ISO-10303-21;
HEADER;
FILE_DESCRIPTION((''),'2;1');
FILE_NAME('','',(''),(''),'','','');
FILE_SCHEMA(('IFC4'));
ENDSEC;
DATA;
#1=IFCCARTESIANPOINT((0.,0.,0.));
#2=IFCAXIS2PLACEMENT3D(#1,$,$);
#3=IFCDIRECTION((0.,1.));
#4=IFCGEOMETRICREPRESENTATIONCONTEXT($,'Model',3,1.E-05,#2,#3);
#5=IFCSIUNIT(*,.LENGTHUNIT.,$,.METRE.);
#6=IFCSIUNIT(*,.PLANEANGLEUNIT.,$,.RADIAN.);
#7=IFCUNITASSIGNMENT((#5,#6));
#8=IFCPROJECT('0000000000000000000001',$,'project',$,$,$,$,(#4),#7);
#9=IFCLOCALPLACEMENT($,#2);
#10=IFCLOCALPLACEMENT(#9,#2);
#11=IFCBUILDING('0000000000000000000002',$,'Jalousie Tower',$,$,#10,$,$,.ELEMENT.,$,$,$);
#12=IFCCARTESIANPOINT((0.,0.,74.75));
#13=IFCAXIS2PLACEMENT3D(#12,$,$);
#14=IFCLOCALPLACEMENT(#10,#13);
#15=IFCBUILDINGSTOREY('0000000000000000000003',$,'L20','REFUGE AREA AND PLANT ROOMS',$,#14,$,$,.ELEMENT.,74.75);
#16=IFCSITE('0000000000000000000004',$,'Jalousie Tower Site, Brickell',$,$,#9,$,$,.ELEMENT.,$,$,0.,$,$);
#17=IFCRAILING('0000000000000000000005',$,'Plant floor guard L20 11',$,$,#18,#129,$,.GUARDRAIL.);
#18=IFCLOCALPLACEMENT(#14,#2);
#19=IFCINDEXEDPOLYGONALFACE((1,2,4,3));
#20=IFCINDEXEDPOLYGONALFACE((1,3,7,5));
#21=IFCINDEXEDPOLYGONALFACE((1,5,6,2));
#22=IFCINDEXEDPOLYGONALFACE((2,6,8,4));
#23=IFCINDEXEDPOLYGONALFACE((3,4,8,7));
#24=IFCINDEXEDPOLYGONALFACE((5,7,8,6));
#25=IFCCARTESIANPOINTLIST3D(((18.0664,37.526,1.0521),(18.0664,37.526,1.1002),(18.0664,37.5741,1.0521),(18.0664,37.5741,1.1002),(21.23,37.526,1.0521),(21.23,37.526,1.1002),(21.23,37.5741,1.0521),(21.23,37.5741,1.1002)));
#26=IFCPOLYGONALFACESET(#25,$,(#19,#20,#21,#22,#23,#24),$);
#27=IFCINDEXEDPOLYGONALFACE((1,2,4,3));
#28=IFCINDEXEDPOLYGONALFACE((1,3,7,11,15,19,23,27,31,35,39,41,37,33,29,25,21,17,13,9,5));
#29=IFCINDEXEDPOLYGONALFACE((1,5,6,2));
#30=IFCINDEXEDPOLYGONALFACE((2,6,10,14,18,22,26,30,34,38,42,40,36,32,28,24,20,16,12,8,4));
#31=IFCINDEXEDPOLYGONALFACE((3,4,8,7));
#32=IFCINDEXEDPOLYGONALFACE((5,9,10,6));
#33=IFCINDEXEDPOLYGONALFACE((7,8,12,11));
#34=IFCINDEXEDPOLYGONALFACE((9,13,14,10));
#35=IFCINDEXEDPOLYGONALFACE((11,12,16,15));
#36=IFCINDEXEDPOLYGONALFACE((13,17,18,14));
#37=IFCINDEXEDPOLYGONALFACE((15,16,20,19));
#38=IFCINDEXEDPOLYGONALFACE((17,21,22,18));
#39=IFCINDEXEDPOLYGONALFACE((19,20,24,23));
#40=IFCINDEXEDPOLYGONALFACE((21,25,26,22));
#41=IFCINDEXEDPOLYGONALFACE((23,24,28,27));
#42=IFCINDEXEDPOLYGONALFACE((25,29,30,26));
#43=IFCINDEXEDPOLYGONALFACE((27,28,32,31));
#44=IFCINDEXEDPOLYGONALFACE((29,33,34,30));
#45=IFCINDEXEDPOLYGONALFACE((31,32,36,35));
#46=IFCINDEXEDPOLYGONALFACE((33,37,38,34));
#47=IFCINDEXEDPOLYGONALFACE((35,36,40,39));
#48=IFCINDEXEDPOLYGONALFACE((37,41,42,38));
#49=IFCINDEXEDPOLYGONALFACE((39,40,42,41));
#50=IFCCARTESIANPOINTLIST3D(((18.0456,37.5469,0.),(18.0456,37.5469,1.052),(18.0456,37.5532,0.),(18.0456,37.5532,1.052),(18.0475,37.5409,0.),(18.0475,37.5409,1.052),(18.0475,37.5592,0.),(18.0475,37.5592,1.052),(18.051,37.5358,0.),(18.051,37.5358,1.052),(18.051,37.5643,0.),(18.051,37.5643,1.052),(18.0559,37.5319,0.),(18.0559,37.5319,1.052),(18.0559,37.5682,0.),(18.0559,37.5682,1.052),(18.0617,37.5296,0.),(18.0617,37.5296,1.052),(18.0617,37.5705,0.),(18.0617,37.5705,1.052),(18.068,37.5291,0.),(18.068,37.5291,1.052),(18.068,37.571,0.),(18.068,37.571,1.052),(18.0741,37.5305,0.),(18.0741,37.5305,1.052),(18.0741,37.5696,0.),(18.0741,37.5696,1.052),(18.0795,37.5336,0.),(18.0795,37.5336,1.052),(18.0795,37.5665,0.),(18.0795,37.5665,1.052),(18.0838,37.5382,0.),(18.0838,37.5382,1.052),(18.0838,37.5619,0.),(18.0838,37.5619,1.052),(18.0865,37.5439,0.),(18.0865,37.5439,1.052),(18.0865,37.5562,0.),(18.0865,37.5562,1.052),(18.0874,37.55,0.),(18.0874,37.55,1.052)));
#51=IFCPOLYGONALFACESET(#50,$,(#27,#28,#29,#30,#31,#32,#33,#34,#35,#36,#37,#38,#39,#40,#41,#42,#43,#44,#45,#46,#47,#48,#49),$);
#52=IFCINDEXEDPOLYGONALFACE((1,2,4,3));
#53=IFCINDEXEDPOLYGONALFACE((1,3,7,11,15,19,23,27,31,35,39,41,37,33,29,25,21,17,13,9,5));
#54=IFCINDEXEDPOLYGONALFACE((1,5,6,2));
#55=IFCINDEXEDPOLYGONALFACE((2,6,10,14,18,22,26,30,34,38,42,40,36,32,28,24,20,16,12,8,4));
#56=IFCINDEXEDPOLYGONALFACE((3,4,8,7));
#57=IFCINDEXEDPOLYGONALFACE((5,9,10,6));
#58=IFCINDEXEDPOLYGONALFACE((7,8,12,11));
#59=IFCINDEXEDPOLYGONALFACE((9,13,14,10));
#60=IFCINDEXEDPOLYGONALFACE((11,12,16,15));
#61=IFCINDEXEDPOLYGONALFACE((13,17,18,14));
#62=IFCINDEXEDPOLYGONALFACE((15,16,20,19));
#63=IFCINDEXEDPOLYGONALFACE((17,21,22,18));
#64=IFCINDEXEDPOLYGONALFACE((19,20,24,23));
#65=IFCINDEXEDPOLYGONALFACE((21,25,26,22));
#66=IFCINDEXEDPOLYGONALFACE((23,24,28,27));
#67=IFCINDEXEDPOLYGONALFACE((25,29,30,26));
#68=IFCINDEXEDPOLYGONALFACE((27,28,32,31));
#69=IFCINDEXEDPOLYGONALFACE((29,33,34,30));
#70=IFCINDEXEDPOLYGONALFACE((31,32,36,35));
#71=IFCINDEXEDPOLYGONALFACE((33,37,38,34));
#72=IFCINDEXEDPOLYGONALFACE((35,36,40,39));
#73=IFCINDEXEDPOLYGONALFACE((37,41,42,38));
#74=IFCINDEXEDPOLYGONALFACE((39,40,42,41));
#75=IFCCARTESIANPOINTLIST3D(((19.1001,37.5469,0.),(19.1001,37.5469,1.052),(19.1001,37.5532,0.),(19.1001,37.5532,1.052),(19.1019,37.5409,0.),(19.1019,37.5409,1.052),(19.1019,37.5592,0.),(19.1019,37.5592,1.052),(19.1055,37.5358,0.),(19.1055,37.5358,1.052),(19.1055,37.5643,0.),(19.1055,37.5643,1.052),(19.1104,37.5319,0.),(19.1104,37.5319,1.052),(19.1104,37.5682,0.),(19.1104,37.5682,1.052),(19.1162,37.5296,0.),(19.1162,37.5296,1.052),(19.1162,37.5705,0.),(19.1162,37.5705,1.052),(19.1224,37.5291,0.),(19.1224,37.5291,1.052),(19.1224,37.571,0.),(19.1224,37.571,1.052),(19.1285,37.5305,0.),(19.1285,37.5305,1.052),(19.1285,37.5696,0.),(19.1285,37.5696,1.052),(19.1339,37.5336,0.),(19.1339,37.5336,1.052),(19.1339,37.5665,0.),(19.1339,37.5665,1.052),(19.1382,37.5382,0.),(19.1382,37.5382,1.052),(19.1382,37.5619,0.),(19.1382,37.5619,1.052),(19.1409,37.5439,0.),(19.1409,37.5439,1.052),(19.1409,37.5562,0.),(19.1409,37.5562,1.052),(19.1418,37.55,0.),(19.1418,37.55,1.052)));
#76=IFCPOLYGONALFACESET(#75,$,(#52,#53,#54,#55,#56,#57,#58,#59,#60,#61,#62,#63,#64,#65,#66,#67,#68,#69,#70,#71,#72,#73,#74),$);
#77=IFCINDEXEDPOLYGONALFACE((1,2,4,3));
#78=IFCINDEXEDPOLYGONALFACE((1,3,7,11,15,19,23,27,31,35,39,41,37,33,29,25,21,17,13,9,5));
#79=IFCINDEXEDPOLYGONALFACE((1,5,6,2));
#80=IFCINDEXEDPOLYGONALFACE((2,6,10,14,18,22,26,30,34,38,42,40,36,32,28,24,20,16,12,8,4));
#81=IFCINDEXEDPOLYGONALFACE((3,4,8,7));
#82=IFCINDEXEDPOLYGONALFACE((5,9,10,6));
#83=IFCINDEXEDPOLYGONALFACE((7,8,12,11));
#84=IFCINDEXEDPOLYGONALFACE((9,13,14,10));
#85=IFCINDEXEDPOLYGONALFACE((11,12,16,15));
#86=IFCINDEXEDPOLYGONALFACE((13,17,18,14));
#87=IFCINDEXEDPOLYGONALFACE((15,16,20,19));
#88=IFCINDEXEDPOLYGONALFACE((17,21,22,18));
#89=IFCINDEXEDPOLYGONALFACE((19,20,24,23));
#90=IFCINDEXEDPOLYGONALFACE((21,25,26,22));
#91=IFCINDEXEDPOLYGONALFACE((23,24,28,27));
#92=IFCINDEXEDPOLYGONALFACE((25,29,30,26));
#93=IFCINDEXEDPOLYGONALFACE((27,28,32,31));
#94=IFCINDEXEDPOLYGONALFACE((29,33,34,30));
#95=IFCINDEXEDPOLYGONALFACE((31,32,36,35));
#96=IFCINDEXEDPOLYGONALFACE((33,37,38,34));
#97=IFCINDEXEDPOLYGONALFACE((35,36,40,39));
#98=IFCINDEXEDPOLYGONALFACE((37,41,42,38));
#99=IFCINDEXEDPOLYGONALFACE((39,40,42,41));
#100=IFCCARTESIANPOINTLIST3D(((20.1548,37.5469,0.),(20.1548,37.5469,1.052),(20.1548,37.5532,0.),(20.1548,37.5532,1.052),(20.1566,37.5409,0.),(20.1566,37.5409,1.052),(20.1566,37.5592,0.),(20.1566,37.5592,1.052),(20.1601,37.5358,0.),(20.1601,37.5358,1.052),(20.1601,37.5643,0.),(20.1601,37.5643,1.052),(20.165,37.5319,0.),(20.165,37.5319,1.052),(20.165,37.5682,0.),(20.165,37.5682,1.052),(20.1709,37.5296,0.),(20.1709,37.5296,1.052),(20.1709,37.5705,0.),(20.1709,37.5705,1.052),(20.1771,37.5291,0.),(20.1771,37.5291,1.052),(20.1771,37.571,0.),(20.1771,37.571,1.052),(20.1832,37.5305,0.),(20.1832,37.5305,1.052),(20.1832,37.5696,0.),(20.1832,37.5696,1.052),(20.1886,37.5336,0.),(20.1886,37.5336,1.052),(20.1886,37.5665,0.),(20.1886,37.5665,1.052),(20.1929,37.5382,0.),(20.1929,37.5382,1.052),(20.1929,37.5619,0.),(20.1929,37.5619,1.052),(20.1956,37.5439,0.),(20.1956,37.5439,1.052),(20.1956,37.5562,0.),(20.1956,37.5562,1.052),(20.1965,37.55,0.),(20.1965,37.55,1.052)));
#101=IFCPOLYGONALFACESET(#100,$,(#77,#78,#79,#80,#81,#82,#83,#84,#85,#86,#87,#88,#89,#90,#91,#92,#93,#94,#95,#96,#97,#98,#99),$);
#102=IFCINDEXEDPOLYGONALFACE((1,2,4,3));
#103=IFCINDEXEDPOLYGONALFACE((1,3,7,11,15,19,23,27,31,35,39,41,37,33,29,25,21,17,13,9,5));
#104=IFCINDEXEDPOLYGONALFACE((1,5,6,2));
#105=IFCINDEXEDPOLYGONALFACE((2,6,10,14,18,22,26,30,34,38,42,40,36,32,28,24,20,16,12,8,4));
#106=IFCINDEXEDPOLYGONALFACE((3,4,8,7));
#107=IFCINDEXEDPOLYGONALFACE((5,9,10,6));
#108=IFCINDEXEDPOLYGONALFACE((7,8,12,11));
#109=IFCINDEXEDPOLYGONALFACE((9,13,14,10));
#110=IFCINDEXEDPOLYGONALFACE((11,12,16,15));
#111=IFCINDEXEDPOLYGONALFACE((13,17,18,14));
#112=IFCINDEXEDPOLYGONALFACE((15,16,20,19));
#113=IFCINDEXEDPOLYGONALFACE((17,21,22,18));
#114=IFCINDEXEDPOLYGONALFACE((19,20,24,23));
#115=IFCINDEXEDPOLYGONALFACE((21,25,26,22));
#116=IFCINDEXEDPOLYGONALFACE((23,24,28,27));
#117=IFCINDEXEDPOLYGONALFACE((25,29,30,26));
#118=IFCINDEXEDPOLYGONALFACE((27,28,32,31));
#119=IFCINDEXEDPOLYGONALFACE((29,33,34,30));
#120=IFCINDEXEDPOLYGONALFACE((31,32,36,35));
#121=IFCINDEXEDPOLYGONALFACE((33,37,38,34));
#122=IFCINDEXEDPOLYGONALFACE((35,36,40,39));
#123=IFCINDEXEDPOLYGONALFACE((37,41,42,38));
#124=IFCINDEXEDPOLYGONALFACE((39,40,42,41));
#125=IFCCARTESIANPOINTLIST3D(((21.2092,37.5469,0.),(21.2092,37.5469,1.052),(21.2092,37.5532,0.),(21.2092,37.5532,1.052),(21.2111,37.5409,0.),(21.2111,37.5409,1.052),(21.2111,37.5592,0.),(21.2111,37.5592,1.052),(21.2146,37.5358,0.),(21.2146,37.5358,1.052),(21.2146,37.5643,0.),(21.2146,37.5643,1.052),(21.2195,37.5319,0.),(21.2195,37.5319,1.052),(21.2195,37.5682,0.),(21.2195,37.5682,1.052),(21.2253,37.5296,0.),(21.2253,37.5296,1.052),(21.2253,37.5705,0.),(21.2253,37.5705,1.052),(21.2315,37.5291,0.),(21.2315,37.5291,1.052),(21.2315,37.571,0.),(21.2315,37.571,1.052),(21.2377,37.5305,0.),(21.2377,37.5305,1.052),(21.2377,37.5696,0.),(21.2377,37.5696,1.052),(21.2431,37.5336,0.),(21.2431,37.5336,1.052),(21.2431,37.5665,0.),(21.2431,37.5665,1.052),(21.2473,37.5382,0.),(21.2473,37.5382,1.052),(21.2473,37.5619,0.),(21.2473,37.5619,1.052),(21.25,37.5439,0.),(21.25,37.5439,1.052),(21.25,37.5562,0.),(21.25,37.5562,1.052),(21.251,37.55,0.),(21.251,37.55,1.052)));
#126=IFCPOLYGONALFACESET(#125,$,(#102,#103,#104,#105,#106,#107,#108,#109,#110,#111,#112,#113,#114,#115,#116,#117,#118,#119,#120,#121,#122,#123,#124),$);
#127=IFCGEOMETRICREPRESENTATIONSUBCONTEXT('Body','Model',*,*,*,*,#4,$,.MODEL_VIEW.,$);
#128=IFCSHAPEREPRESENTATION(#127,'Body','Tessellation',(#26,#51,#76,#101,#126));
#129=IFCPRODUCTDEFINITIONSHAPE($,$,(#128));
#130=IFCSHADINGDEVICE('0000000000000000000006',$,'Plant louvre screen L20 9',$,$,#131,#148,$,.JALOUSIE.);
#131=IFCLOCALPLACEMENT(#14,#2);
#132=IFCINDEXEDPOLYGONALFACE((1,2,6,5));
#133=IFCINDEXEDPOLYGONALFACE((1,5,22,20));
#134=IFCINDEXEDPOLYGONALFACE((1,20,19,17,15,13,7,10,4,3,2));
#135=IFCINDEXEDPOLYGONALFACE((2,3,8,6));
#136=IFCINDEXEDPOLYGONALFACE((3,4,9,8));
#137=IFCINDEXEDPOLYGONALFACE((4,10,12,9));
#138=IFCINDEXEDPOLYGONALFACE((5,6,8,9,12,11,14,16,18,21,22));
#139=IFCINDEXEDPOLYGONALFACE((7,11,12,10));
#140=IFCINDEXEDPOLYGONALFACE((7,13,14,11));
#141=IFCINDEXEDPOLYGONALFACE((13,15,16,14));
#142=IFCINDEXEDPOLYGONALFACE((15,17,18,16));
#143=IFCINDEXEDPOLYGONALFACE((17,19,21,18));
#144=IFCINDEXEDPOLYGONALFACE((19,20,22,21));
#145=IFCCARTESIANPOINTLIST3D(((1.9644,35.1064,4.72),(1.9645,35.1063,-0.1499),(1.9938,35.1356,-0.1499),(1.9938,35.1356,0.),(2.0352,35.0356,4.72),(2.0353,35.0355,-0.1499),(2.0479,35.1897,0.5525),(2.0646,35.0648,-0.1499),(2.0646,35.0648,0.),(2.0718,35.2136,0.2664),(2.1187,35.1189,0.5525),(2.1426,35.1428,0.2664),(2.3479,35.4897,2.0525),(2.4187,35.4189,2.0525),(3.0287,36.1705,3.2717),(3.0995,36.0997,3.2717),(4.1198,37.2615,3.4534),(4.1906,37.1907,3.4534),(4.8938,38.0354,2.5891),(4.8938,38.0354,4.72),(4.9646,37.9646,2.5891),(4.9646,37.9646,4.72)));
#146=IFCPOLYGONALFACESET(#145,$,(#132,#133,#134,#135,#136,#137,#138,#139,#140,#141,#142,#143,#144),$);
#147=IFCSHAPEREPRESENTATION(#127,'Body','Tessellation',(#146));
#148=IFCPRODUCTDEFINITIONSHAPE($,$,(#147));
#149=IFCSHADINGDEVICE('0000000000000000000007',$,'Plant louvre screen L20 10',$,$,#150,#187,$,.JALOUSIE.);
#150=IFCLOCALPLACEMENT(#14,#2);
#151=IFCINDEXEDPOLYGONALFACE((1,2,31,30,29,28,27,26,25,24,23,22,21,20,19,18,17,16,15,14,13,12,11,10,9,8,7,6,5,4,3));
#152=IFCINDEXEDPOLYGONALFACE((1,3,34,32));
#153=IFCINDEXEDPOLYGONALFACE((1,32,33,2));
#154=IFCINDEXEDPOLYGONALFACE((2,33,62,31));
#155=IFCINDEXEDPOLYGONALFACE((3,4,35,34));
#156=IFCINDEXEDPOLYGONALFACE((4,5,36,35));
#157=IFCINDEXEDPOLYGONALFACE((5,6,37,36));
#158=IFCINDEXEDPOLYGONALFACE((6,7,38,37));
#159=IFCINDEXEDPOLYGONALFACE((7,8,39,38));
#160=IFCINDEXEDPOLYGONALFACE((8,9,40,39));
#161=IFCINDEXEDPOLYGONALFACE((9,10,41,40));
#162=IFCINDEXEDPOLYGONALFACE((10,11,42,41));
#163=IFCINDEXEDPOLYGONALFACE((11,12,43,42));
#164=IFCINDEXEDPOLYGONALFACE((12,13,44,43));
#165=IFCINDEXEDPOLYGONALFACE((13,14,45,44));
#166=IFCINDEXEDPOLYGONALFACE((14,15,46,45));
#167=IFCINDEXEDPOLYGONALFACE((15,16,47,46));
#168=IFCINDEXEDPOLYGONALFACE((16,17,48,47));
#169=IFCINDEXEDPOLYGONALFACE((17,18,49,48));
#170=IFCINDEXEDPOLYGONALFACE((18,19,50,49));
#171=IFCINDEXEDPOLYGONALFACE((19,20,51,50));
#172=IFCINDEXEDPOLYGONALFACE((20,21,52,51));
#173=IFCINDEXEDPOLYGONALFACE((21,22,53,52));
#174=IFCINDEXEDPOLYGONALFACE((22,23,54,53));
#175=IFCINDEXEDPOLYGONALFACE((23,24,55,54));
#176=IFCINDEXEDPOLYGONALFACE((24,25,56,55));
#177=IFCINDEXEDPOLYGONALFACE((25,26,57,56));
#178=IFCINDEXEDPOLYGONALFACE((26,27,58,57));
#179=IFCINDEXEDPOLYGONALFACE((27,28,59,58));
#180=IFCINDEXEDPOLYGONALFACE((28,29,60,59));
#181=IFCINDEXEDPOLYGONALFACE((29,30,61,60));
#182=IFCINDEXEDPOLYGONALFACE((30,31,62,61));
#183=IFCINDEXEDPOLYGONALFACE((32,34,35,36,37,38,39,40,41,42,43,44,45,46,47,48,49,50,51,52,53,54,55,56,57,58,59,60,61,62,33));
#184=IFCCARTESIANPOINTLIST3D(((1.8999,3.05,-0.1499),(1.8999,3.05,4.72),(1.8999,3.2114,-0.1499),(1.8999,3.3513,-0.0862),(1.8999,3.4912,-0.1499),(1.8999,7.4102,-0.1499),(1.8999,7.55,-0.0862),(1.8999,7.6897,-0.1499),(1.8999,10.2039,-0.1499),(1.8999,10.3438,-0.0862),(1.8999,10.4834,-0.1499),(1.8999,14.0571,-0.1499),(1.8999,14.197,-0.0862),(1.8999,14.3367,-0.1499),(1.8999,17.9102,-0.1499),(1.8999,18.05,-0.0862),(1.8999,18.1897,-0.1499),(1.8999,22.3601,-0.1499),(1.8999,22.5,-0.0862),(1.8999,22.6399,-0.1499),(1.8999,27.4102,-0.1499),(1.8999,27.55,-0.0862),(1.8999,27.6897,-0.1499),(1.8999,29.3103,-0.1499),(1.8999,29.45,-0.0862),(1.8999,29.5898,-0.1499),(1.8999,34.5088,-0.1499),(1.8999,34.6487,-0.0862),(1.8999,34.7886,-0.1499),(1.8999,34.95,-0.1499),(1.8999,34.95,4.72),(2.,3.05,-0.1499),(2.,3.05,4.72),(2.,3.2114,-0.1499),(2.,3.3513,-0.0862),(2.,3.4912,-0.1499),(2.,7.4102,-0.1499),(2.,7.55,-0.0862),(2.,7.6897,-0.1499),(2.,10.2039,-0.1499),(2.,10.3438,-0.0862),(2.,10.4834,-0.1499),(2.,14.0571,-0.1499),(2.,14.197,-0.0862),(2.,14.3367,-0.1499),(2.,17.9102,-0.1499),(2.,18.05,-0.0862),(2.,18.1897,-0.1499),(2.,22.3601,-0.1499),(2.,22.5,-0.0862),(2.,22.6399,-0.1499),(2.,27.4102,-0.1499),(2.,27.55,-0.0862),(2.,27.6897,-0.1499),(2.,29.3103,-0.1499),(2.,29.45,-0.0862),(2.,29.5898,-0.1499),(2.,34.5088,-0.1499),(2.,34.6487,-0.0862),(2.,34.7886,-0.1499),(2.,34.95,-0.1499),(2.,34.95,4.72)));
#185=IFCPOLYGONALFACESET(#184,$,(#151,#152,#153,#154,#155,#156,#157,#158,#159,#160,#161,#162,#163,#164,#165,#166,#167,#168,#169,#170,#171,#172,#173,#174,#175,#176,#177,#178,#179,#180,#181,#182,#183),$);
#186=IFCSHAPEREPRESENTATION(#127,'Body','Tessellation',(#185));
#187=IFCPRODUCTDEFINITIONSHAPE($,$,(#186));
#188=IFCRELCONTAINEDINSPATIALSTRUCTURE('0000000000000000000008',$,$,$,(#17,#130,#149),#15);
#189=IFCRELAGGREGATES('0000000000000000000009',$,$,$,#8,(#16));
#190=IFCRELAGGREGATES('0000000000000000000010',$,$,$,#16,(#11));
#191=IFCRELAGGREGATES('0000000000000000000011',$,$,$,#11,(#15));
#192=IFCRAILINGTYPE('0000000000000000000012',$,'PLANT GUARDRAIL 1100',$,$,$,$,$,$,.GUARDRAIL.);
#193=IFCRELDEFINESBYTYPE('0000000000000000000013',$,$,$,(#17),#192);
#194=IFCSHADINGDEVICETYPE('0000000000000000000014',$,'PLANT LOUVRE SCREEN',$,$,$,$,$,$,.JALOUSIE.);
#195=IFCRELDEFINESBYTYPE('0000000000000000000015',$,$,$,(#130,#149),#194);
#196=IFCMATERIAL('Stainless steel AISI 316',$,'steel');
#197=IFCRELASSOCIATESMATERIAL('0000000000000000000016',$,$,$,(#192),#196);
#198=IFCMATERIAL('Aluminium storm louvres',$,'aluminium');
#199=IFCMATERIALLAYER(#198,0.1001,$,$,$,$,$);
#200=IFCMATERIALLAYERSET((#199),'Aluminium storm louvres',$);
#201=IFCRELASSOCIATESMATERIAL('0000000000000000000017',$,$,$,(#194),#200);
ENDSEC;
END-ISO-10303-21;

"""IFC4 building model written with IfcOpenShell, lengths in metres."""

from ifc_helpers import new_model, si_unit, direction, frame, origin, origin_2d, place, context, subcontext, project, spatial, polyline, rectangle, circle, outline, extrude, material, layer, layer_set, type_object, element, save


model = new_model("IFC4")

# Units and contexts
model_context = context("Model", 3, precision=1e-05, world=origin(), true_north=direction((0.0, 1.0)))
body_context = subcontext(model_context, "Body", "Model", "MODEL_VIEW")
ifc_project = project(units=[si_unit("LENGTHUNIT", "METRE"), si_unit("PLANEANGLEUNIT", "RADIAN")], contexts=[model_context])

# Site, building, storey
site_placement = place(None, origin())
site = spatial("IfcSite", under=ifc_project, at=site_placement, Name="Jalousie Tower Site, Brickell", CompositionType="ELEMENT", RefElevation=0.0)
building_placement = place(site_placement, origin())
building = spatial("IfcBuilding", under=site, at=building_placement, Name="Jalousie Tower", CompositionType="ELEMENT")
storey_placement = place(building_placement, frame((0.0, 0.0, 74.75)))
storey = spatial("IfcBuildingStorey", under=building, at=storey_placement, Name="L20", Description="REFUGE AREA AND PLANT ROOMS", CompositionType="ELEMENT", Elevation=74.75)

# Railing
ifc_material_1 = material(Name="Stainless steel AISI 316", Category="steel")
railing_type = type_object("IfcRailingType", Name="PLANT GUARDRAIL 1100", PredefinedType="GUARDRAIL", material=ifc_material_1)
railing_1_placement = place(storey_placement, frame((18.0664, 37.55, 0.0)))
element("IfcRailing", 1, at=railing_1_placement, inside=storey, type_object=railing_type, Name="Plant floor guard L20 11", PredefinedType="GUARDRAIL", context=body_context, shape_type="SweptSolid", body=[
    extrude(rectangle(XDim=0.0481, YDim=0.0481, at=origin_2d()), frame((0.0, 0.0, 1.0762), z_axis=(1.0, 0.0, 0.0), x_axis=(0.0, 1.0, 0.0)), (0.0, 0.0, 1.0), 3.1636),
    extrude(circle(Radius=0.021, at=origin_2d()), origin(), (0.0, 0.0, 1.0), 1.052),
    extrude(circle(Radius=0.021, at=origin_2d()), frame((1.0544, 0.0, 0.0)), (0.0, 0.0, 1.0), 1.052),
    extrude(circle(Radius=0.021, at=origin_2d()), frame((2.1091, 0.0, 0.0)), (0.0, 0.0, 1.0), 1.052),
    extrude(circle(Radius=0.021, at=origin_2d()), frame((3.1636, 0.0, 0.0)), (0.0, 0.0, 1.0), 1.052),
])

# Shading devices
ifc_material_2 = material(Name="Aluminium storm louvres", Category="aluminium")
ifc_layer_1 = layer(ifc_material_2, 0.1001)
ifc_layer_set_1 = layer_set([ifc_layer_1], Name="Aluminium storm louvres")
shading_device_type = type_object("IfcShadingDeviceType", Name="PLANT LOUVRE SCREEN", PredefinedType="JALOUSIE", material=ifc_layer_set_1)
shading_device_1_placement = place(storey_placement, frame((4.8938, 38.0354, 4.72), z_axis=(-0.707068, 0.707146, -0.00002), x_axis=(0.000014, -0.000014, -1.0)))
element("IfcShadingDevice", 2, at=shading_device_1_placement, inside=storey, type_object=shading_device_type, Name="Plant louvre screen L20 9", PredefinedType="JALOUSIE", context=body_context, shape_type="SweptSolid", body=[
    extrude(outline(polyline([(0.0, 0.0), (2.1309, 0.0), (1.2666, 1.0945), (1.4482, 2.6375), (2.6675, 3.6003), (4.1675, 4.0246), (4.4536, 3.9908), (4.72, 4.1011), (4.8699, 4.1011), (4.8699, 4.1425), (0.0, 4.1425), (0.0, 0.0)])), origin(), (0.0, 0.0, -1.0), 0.1001),
])
shading_device_2_placement = place(storey_placement, frame((1.8999, 34.95, -0.1499), z_axis=(-1.0, 0.0, 0.0), x_axis=(0.0, -1.0, 0.0)))
element("IfcShadingDevice", 3, at=shading_device_2_placement, inside=storey, type_object=shading_device_type, Name="Plant louvre screen L20 10", PredefinedType="JALOUSIE", context=body_context, shape_type="SweptSolid", body=[
    extrude(outline(polyline([(0.0, 0.0), (0.1614, 0.0), (0.3013, 0.0637), (0.4412, 0.0), (5.3601, 0.0), (5.5, 0.0637), (5.6396, 0.0), (7.2603, 0.0), (7.3999, 0.0637), (7.5398, 0.0), (12.3101, 0.0), (12.45, 0.0637), (12.5898, 0.0), (16.7603, 0.0), (16.8999, 0.0637), (17.0398, 0.0), (20.6133, 0.0), (20.7529, 0.0637), (20.8928, 0.0), (24.4666, 0.0), (24.6062, 0.0637), (24.7461, 0.0), (27.2603, 0.0), (27.3999, 0.0637), (27.5398, 0.0), (31.4587, 0.0), (31.5986, 0.0637), (31.7385, 0.0), (31.8999, 0.0), (31.8999, 4.8699), (0.0, 4.8699), (0.0, 0.0)])), origin(), (0.0, 0.0, -1.0), 0.1001),
])

save(model, "model.ifc")
